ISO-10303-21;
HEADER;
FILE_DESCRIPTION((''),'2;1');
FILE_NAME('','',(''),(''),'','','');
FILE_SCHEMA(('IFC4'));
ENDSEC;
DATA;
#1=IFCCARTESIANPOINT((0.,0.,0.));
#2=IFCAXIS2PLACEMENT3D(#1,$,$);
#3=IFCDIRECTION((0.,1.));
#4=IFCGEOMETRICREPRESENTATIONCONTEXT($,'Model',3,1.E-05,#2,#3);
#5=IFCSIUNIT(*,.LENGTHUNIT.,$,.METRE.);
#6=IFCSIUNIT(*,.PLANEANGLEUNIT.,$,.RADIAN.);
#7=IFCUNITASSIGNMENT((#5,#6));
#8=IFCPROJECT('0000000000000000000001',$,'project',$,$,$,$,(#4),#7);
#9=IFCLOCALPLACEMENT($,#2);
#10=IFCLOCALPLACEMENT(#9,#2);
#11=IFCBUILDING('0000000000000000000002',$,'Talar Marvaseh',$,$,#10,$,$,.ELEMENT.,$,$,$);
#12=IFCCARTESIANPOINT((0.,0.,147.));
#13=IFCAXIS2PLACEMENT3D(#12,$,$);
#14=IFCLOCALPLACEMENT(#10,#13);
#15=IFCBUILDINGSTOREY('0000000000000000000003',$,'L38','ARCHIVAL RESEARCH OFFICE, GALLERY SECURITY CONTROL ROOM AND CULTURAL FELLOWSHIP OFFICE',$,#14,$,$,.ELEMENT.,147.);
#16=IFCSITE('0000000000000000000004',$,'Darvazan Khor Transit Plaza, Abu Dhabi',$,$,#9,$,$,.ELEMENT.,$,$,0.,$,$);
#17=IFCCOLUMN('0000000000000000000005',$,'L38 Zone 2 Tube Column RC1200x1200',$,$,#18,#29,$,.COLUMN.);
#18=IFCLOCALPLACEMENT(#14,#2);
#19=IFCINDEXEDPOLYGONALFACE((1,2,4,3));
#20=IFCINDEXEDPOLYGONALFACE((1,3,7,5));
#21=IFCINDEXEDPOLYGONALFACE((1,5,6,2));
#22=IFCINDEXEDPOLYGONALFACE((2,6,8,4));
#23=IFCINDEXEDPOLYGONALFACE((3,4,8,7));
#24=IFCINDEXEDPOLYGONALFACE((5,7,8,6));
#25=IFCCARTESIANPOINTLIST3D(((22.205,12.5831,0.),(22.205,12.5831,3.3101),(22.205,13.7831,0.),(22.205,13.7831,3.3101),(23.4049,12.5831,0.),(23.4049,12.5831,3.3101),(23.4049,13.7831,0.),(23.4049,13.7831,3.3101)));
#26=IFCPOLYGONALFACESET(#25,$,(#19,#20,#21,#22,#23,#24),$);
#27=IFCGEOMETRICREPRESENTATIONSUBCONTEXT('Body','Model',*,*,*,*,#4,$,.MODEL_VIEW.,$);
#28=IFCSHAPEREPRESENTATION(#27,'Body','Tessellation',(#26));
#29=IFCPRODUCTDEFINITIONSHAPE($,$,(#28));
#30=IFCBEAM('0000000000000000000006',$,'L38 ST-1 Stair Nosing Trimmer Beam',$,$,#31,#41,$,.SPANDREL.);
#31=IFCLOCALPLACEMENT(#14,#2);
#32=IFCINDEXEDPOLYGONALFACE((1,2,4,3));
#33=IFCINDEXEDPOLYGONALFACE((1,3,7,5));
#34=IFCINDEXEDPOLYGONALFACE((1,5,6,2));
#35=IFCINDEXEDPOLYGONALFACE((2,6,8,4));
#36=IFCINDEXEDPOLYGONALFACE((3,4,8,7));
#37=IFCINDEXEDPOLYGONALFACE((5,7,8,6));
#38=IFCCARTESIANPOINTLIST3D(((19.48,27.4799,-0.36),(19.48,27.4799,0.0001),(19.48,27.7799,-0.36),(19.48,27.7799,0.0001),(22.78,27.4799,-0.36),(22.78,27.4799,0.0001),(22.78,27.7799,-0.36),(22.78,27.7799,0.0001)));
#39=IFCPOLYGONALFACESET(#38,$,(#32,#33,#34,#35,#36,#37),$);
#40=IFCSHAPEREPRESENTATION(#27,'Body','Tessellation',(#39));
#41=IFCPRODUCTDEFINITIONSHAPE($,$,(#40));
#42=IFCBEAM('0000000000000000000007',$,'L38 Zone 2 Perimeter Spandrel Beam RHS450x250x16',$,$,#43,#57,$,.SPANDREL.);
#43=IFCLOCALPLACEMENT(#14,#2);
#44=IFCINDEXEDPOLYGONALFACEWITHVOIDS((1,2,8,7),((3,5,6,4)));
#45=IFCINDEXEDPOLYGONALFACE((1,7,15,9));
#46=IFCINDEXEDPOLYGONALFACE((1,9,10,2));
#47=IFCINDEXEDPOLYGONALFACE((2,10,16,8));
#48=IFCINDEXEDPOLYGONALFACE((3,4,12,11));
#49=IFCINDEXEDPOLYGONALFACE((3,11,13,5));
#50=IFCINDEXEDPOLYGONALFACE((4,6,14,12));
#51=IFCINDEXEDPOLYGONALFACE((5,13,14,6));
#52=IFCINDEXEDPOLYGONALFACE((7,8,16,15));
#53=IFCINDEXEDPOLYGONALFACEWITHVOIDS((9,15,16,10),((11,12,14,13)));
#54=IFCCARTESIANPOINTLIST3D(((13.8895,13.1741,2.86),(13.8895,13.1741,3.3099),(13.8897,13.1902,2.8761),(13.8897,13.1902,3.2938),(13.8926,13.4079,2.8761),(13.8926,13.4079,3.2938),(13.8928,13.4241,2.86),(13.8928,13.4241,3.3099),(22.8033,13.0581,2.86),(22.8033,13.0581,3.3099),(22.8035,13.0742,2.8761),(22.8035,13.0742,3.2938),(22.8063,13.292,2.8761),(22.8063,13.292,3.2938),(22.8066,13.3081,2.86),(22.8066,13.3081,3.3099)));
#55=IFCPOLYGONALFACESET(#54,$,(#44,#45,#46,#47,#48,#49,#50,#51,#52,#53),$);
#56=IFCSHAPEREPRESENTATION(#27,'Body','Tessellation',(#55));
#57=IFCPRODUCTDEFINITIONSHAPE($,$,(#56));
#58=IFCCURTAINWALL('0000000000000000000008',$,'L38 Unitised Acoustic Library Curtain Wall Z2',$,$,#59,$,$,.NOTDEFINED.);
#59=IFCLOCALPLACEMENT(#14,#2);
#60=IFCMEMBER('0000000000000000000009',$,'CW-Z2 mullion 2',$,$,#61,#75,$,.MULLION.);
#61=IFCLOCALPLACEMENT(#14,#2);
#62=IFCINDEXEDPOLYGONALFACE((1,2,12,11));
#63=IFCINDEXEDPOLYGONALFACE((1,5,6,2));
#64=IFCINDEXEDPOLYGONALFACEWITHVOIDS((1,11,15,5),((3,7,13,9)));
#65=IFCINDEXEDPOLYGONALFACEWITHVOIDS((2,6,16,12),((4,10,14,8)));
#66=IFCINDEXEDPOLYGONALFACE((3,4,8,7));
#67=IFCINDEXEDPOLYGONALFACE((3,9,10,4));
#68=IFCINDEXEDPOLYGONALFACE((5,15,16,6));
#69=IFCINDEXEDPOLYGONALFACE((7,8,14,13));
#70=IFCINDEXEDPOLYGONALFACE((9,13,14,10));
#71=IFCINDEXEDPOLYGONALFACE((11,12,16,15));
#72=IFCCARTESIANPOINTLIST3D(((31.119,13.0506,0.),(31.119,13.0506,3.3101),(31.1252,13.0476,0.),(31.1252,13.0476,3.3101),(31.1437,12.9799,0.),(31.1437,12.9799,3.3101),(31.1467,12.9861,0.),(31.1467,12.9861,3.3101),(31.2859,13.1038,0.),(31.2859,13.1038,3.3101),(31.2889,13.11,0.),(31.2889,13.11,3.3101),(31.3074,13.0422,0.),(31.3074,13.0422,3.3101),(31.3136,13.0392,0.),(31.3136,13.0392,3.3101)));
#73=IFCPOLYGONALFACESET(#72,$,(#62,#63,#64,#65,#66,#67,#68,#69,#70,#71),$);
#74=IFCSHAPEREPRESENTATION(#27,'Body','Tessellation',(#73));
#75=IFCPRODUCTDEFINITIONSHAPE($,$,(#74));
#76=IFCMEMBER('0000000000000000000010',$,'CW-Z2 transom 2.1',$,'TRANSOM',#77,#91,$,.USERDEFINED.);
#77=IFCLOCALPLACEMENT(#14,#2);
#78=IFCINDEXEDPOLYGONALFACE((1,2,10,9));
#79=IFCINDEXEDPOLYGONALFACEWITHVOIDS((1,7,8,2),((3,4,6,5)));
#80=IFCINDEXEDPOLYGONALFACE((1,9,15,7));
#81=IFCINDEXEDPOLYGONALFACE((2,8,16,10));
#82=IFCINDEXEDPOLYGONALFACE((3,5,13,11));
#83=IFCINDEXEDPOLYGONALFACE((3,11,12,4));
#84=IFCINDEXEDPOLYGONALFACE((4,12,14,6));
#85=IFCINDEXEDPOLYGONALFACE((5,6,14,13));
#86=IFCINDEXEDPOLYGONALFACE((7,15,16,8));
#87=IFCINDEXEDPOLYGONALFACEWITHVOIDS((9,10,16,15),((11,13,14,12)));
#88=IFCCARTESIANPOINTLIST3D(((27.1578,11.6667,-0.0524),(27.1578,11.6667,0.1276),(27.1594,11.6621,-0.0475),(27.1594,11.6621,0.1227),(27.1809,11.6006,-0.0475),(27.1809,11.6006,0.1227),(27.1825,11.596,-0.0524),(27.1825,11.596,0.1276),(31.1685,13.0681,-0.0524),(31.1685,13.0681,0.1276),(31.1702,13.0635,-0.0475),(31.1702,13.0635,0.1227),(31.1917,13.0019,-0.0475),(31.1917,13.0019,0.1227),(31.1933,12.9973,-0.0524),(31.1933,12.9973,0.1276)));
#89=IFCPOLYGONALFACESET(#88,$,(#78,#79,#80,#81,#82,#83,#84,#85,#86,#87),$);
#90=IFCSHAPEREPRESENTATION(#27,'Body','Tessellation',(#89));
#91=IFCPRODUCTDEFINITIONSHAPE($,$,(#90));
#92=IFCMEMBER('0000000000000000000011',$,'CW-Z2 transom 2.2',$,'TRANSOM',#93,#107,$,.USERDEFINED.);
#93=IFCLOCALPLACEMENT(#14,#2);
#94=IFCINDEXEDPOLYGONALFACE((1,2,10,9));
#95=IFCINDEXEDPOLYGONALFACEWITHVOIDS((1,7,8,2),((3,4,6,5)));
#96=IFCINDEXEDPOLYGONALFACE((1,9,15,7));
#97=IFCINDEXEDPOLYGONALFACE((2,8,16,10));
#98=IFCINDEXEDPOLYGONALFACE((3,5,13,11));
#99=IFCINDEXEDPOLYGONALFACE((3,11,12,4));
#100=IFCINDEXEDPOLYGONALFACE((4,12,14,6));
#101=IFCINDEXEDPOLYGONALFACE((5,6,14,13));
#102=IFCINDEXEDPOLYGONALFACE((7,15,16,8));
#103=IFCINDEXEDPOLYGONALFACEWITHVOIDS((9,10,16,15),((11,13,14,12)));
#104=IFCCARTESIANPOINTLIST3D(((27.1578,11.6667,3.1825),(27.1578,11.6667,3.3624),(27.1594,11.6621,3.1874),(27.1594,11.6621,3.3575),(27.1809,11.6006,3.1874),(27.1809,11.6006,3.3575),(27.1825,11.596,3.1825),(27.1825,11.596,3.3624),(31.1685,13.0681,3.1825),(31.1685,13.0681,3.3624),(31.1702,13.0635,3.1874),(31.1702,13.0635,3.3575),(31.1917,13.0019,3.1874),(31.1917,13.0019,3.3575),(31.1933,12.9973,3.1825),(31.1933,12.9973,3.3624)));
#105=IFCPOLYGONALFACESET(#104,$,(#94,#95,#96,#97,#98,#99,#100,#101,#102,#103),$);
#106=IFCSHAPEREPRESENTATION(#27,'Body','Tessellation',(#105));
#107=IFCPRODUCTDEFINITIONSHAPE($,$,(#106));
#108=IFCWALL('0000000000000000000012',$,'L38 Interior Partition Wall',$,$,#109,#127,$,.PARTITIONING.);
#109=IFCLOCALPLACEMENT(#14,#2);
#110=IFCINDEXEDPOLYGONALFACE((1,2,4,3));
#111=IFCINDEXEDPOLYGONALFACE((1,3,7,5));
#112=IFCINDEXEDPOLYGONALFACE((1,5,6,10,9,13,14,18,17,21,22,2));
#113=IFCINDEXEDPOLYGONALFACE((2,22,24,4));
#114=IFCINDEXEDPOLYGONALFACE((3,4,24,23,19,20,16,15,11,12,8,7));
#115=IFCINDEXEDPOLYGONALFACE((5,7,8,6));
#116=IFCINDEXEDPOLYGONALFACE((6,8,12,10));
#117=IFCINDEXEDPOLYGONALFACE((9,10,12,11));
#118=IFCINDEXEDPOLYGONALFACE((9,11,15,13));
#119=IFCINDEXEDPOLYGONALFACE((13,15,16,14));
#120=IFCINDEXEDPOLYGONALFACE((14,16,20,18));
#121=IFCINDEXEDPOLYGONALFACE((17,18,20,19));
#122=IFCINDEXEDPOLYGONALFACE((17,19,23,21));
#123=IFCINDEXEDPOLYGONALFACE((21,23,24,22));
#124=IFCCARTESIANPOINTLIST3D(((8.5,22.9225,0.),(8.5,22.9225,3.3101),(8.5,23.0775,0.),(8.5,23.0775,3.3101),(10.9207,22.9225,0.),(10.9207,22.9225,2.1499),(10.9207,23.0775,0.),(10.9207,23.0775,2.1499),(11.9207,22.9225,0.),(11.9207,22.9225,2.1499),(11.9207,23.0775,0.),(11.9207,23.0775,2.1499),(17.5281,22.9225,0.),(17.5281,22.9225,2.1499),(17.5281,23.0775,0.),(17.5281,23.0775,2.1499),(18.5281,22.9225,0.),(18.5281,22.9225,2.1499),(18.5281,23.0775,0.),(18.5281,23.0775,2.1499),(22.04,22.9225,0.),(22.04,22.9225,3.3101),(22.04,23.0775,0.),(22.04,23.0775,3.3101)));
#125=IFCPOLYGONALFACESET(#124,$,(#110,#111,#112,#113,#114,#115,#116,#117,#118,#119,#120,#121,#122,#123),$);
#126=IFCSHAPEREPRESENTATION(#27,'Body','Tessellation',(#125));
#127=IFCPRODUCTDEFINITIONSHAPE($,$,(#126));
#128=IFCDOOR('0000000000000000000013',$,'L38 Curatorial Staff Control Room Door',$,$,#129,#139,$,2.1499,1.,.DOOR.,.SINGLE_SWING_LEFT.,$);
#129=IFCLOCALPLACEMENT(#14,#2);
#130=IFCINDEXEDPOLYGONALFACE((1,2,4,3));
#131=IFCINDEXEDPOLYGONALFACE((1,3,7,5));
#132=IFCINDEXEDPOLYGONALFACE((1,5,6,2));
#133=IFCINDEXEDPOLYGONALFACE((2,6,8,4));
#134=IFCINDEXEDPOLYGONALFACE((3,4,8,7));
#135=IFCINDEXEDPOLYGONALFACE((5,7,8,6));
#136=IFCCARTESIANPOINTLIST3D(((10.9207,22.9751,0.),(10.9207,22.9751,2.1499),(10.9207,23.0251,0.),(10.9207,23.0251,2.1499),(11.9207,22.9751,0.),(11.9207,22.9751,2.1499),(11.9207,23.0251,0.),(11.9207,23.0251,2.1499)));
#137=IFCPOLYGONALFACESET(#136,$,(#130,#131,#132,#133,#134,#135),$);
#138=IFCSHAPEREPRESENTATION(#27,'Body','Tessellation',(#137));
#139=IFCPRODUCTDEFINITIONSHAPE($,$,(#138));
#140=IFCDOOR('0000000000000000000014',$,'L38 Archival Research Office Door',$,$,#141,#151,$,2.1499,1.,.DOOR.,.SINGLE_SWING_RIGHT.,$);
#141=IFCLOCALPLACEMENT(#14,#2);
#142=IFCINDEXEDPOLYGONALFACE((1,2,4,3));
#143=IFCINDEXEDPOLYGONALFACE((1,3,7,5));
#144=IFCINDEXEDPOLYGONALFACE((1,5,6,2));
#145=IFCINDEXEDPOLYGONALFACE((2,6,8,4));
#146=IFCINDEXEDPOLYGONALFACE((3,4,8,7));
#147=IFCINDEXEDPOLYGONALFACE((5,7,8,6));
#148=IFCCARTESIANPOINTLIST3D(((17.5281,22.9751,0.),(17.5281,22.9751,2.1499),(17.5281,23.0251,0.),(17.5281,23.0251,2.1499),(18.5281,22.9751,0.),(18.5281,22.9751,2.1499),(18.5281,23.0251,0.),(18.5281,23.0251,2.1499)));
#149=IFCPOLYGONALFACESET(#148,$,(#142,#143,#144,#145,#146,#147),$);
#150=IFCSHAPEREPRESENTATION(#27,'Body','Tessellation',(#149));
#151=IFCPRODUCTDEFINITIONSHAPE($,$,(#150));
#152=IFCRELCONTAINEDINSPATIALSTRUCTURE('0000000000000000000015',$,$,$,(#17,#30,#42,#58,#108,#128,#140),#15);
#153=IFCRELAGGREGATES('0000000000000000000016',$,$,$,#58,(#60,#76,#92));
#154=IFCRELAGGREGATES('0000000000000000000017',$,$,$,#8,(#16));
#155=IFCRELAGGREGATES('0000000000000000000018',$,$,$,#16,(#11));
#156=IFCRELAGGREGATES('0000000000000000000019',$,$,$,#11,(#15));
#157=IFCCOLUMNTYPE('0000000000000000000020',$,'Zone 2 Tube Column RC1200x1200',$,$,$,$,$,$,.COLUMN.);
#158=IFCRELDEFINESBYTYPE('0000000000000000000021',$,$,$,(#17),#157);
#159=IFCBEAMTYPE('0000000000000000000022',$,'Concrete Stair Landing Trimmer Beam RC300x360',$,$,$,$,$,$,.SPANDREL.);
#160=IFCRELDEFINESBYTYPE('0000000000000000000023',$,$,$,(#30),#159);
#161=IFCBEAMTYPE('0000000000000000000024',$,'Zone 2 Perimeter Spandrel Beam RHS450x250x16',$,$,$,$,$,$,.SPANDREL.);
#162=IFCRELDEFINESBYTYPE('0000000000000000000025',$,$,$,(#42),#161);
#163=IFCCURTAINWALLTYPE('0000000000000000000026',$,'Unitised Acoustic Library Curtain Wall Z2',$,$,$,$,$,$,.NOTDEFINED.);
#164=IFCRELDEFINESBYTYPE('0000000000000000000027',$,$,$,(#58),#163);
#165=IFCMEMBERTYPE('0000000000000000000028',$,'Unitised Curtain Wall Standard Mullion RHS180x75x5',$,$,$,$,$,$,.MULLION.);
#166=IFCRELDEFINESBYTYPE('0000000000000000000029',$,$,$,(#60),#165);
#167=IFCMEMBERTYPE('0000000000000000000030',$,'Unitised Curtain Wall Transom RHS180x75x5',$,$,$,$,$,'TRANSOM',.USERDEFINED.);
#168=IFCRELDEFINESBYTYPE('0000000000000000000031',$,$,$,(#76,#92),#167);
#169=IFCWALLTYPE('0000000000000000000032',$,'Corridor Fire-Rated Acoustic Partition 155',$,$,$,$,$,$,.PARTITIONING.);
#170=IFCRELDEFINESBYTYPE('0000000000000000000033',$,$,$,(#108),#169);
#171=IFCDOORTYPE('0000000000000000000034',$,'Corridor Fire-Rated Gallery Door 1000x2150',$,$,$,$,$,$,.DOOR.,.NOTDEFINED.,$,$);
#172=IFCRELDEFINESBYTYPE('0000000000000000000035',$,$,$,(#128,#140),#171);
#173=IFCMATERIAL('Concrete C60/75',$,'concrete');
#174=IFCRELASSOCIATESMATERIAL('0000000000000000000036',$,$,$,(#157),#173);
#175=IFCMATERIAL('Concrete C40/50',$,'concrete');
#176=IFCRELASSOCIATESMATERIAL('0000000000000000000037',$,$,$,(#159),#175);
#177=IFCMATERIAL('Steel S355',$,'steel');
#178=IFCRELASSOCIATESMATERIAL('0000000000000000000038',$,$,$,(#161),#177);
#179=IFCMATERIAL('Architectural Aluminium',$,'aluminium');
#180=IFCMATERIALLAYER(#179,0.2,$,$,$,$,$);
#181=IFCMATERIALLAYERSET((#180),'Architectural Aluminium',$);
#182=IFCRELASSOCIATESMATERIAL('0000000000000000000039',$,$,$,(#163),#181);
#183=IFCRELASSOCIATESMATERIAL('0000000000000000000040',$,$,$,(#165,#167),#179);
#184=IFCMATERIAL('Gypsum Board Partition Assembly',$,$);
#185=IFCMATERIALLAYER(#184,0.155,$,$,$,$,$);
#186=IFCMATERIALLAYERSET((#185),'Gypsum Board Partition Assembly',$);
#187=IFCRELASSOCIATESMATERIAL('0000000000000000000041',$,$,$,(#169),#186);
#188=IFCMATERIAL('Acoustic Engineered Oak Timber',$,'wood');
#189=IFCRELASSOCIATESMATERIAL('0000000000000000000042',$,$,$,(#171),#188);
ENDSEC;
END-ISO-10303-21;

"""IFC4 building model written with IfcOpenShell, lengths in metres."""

from ifc_helpers import new_model, si_unit, direction, frame, frame_2d, origin, origin_2d, place, context, subcontext, project, spatial, rectangle, hollow_rectangle, extrude, source, transform, mapped, material, layer, layer_set, material_profile, profile_set, type_object, type_shapes, element, fill, aggregate, save


model = new_model("IFC4")

# Units and contexts
model_context = context("Model", 3, precision=1e-05, world=origin(), true_north=direction((0.0, 1.0)))
body_context = subcontext(model_context, "Body", "Model", "MODEL_VIEW")
ifc_project = project(units=[si_unit("LENGTHUNIT", "METRE"), si_unit("PLANEANGLEUNIT", "RADIAN")], contexts=[model_context])

# Site, building, storey
site_placement = place(None, origin())
site = spatial("IfcSite", under=ifc_project, at=site_placement, Name="Darvazan Khor Transit Plaza, Abu Dhabi", CompositionType="ELEMENT", RefElevation=0.0)
building_placement = place(site_placement, origin())
building = spatial("IfcBuilding", under=site, at=building_placement, Name="Talar Marvaseh", CompositionType="ELEMENT")
storey_placement = place(building_placement, frame((0.0, 0.0, 147.0)))
storey = spatial("IfcBuildingStorey", under=building, at=storey_placement, Name="L38", Description="ARCHIVAL RESEARCH OFFICE, GALLERY SECURITY CONTROL ROOM AND CULTURAL FELLOWSHIP OFFICE", CompositionType="ELEMENT", Elevation=147.0)

# Column
ifc_material_1 = material(Name="Concrete C60/75", Category="concrete")
ifc_material_profile_1 = material_profile(ifc_material_1, rectangle(XDim=1.2, YDim=1.2, at=origin_2d()), Name="RC1200x1200")
ifc_profile_set_1 = profile_set([ifc_material_profile_1], Name="Concrete C60/75")
column_type = type_object("IfcColumnType", Name="Zone 2 Tube Column RC1200x1200", PredefinedType="COLUMN", material=ifc_profile_set_1)
column_placement = place(storey_placement, frame((22.8049, 13.1831, 0.0), z_axis=(0.0, 0.0, 1.0), x_axis=(1.0, 0.0, 0.0)))
element("IfcColumn", 1, at=column_placement, inside=storey, type_object=column_type, Name="L38 Zone 2 Tube Column RC1200x1200", PredefinedType="COLUMN", context=body_context, shape_type="SweptSolid", body=[
    extrude(rectangle(XDim=1.2, YDim=1.2, at=origin_2d()), origin(), (0.0, 0.0, 1.0), 3.3101),
])

# Beams
ifc_material_2 = material(Name="Concrete C40/50", Category="concrete")
ifc_material_profile_2 = material_profile(ifc_material_2, rectangle(XDim=0.3, YDim=0.3601, at=origin_2d()), Name="RC300x360")
ifc_profile_set_2 = profile_set([ifc_material_profile_2], Name="Concrete C40/50")
beam_type_1 = type_object("IfcBeamType", Name="Concrete Stair Landing Trimmer Beam RC300x360", PredefinedType="SPANDREL", material=ifc_profile_set_2)
beam_1_placement = place(storey_placement, frame((22.78, 27.6299, -0.1799), z_axis=(-1.0, 0.0, 0.0), x_axis=(0.0, -1.0, 0.0)))
element("IfcBeam", 2, at=beam_1_placement, inside=storey, type_object=beam_type_1, Name="L38 ST-1 Stair Nosing Trimmer Beam", PredefinedType="SPANDREL", context=body_context, shape_type="SweptSolid", body=[
    extrude(rectangle(XDim=0.3, YDim=0.3601, at=origin_2d()), origin(), (0.0, 0.0, 1.0), 3.3),
])
ifc_material_3 = material(Name="Steel S355", Category="steel")
ifc_material_profile_3 = material_profile(ifc_material_3, hollow_rectangle(XDim=0.25, YDim=0.45, WallThickness=0.0161, at=origin_2d()), Name="RHS450x250x16")
ifc_profile_set_3 = profile_set([ifc_material_profile_3], Name="Steel S355")
beam_type_2 = type_object("IfcBeamType", Name="Zone 2 Perimeter Spandrel Beam RHS450x250x16", PredefinedType="SPANDREL", material=ifc_profile_set_3)
beam_2_placement = place(storey_placement, frame((22.8049, 13.1831, 3.085), z_axis=(-0.999915, 0.013009, 0.0), x_axis=(-0.013009, -0.999915, 0.0)))
element("IfcBeam", 3, at=beam_2_placement, inside=storey, type_object=beam_type_2, Name="L38 Zone 2 Perimeter Spandrel Beam RHS450x250x16", PredefinedType="SPANDREL", context=body_context, shape_type="SweptSolid", body=[
    extrude(hollow_rectangle(XDim=0.25, YDim=0.45, WallThickness=0.0161, at=origin_2d()), origin(), (0.0, 0.0, 1.0), 8.9146),
])

# Curtain wall, members
ifc_material_4 = material(Name="Architectural Aluminium", Category="aluminium")
ifc_layer_1 = layer(ifc_material_4, 0.2)
ifc_layer_set_1 = layer_set([ifc_layer_1], Name="Architectural Aluminium")
curtain_wall_type = type_object("IfcCurtainWallType", Name="Unitised Acoustic Library Curtain Wall Z2", PredefinedType="NOTDEFINED", material=ifc_layer_set_1)
curtain_wall_placement = place(storey_placement, origin())
curtain_wall = element("IfcCurtainWall", 4, at=curtain_wall_placement, inside=storey, type_object=curtain_wall_type, Name="L38 Unitised Acoustic Library Curtain Wall Z2", PredefinedType="NOTDEFINED")
ifc_material_profile_4 = material_profile(ifc_material_4, hollow_rectangle(XDim=0.075, YDim=0.1799, WallThickness=0.0049, at=origin_2d()), Name="RHS180x75x5")
ifc_profile_set_4 = profile_set([ifc_material_profile_4], Name="Architectural Aluminium")
member_type_1 = type_object("IfcMemberType", Name="Unitised Curtain Wall Standard Mullion RHS180x75x5", PredefinedType="MULLION", material=ifc_profile_set_4)
shared_shape_1 = source(origin(), body_context, "Body", "SweptSolid", [
    extrude(hollow_rectangle(XDim=0.075, YDim=0.1799, WallThickness=0.0049, at=origin_2d()), origin(), (0.0, 0.0, 1.0), 3.3101),
])
type_shapes(member_type_1, [shared_shape_1])
member_1_placement = place(storey_placement, frame((31.2163, 13.0449, 0.0), z_axis=(0.0, 0.0, 1.0), x_axis=(0.329837, -0.944038, 0.0)))
member_1 = element("IfcMember", 5, at=member_1_placement, type_object=member_type_1, Name="CW-Z2 mullion 2", PredefinedType="MULLION", context=body_context, shape_type="MappedRepresentation", body=[
    mapped(shared_shape_1, transform((0.0, 0.0, 0.0), x_axis=(1.0, 0.0, 0.0), y_axis=(0.0, 1.0, 0.0), z_axis=(0.0, 0.0, 1.0), scale=1.0)),
])
ifc_material_profile_5 = material_profile(ifc_material_4, hollow_rectangle(XDim=0.075, YDim=0.1799, WallThickness=0.0049, at=origin_2d()), Name="RHS180x75x5")
ifc_profile_set_5 = profile_set([ifc_material_profile_5], Name="Architectural Aluminium")
member_type_2 = type_object("IfcMemberType", Name="Unitised Curtain Wall Transom RHS180x75x5", ElementType="TRANSOM", PredefinedType="USERDEFINED", material=ifc_profile_set_5)
shared_shape_2 = source(origin(), body_context, "Body", "SweptSolid", [
    extrude(hollow_rectangle(XDim=0.075, YDim=0.1799, WallThickness=0.0049, at=origin_2d()), origin(), (0.0, 0.0, 1.0), 4.2485),
])
type_shapes(member_type_2, [shared_shape_2])
member_2_placement = place(storey_placement, frame((31.1809, 13.0327, 0.0376), z_axis=(-0.944034, -0.329849, 0.0), x_axis=(0.329849, -0.944034, 0.0)))
member_2 = element("IfcMember", 6, at=member_2_placement, type_object=member_type_2, Name="CW-Z2 transom 2.1", ObjectType="TRANSOM", PredefinedType="USERDEFINED", context=body_context, shape_type="MappedRepresentation", body=[
    mapped(shared_shape_2, transform((0.0, 0.0, 0.0), x_axis=(1.0, 0.0, 0.0), y_axis=(0.0, 1.0, 0.0), z_axis=(0.0, 0.0, 1.0), scale=1.0)),
])
member_3_placement = place(storey_placement, frame((31.1809, 13.0327, 3.2725), z_axis=(-0.944034, -0.329849, 0.0), x_axis=(0.329849, -0.944034, 0.0)))
member_3 = element("IfcMember", 7, at=member_3_placement, type_object=member_type_2, Name="CW-Z2 transom 2.2", ObjectType="TRANSOM", PredefinedType="USERDEFINED", context=body_context, shape_type="MappedRepresentation", body=[
    mapped(shared_shape_2, transform((0.0, 0.0, 0.0), x_axis=(1.0, 0.0, 0.0), y_axis=(0.0, 1.0, 0.0), z_axis=(0.0, 0.0, 1.0), scale=1.0)),
])
aggregate(curtain_wall, [member_1, member_2, member_3])

# Wall, openings, doors
ifc_material_5 = material(Name="Gypsum Board Partition Assembly")
ifc_layer_2 = layer(ifc_material_5, 0.155)
ifc_layer_set_2 = layer_set([ifc_layer_2], Name="Gypsum Board Partition Assembly")
wall_type_1 = type_object("IfcWallType", Name="Corridor Fire-Rated Acoustic Partition 155", PredefinedType="PARTITIONING", material=ifc_layer_set_2)
wall_1_placement = place(storey_placement, frame((22.04, 23.0, 0.0), z_axis=(0.0, 0.0, 1.0), x_axis=(-1.0, 0.0, 0.0)))
wall_1 = element("IfcWall", 8, at=wall_1_placement, inside=storey, type_object=wall_type_1, Name="L38 Interior Partition Wall", PredefinedType="PARTITIONING", context=body_context, shape_type="SweptSolid", body=[
    extrude(rectangle(XDim=13.54, YDim=0.155, at=frame_2d((6.77, 0.0))), origin(), (0.0, 0.0, 1.0), 3.3101),
])
opening_1_placement = place(wall_1_placement, frame((10.1194, 0.0, 0.0)))
opening_1 = element("IfcOpeningElement", 9, at=opening_1_placement, cuts=wall_1, PredefinedType="OPENING", context=body_context, shape_type="SweptSolid", body=[
    extrude(rectangle(XDim=1.0, YDim=2.1499, at=frame_2d((0.5, 1.075))), frame((0.0, 0.0874, 0.0), z_axis=(0.0, -1.0, 0.0), x_axis=(1.0, 0.0, 0.0)), (0.0, 0.0, 1.0), 0.175),
])
opening_2_placement = place(wall_1_placement, frame((3.512, 0.0, 0.0)))
opening_2 = element("IfcOpeningElement", 10, at=opening_2_placement, cuts=wall_1, PredefinedType="OPENING", context=body_context, shape_type="SweptSolid", body=[
    extrude(rectangle(XDim=1.0, YDim=2.1499, at=frame_2d((0.5, 1.075))), frame((0.0, 0.0874, 0.0), z_axis=(0.0, -1.0, 0.0), x_axis=(1.0, 0.0, 0.0)), (0.0, 0.0, 1.0), 0.175),
])
ifc_material_6 = material(Name="Acoustic Engineered Oak Timber", Category="wood")
door_type_1 = type_object("IfcDoorType", Name="Corridor Fire-Rated Gallery Door 1000x2150", OperationType="NOTDEFINED", PredefinedType="DOOR", material=ifc_material_6)
shared_shape_3 = source(origin(), body_context, "Body", "SweptSolid", [
    extrude(rectangle(XDim=1.0, YDim=2.1499, at=frame_2d((0.5, 1.075))), frame((0.0, 0.0249, 0.0), z_axis=(0.0, -1.0, 0.0), x_axis=(1.0, 0.0, 0.0)), (0.0, 0.0, 1.0), 0.05),
])
type_shapes(door_type_1, [shared_shape_3])
door_1_placement = place(opening_1_placement, origin())
door_1 = element("IfcDoor", 11, at=door_1_placement, inside=storey, type_object=door_type_1, Name="L38 Curatorial Staff Control Room Door", OperationType="SINGLE_SWING_LEFT", OverallHeight=2.1499, OverallWidth=1.0, PredefinedType="DOOR", context=body_context, shape_type="MappedRepresentation", body=[
    mapped(shared_shape_3, transform((0.0, 0.0, 0.0), x_axis=(1.0, 0.0, 0.0), y_axis=(0.0, 1.0, 0.0), z_axis=(0.0, 0.0, 1.0), scale=1.0)),
])
fill(opening_1, door_1)
door_2_placement = place(opening_2_placement, origin())
door_2 = element("IfcDoor", 12, at=door_2_placement, inside=storey, type_object=door_type_1, Name="L38 Archival Research Office Door", OperationType="SINGLE_SWING_RIGHT", OverallHeight=2.1499, OverallWidth=1.0, PredefinedType="DOOR", context=body_context, shape_type="MappedRepresentation", body=[
    mapped(shared_shape_3, transform((0.0, 0.0, 0.0), x_axis=(1.0, 0.0, 0.0), y_axis=(0.0, 1.0, 0.0), z_axis=(0.0, 0.0, 1.0), scale=1.0)),
])
fill(opening_2, door_2)

save(model, "model.ifc")
